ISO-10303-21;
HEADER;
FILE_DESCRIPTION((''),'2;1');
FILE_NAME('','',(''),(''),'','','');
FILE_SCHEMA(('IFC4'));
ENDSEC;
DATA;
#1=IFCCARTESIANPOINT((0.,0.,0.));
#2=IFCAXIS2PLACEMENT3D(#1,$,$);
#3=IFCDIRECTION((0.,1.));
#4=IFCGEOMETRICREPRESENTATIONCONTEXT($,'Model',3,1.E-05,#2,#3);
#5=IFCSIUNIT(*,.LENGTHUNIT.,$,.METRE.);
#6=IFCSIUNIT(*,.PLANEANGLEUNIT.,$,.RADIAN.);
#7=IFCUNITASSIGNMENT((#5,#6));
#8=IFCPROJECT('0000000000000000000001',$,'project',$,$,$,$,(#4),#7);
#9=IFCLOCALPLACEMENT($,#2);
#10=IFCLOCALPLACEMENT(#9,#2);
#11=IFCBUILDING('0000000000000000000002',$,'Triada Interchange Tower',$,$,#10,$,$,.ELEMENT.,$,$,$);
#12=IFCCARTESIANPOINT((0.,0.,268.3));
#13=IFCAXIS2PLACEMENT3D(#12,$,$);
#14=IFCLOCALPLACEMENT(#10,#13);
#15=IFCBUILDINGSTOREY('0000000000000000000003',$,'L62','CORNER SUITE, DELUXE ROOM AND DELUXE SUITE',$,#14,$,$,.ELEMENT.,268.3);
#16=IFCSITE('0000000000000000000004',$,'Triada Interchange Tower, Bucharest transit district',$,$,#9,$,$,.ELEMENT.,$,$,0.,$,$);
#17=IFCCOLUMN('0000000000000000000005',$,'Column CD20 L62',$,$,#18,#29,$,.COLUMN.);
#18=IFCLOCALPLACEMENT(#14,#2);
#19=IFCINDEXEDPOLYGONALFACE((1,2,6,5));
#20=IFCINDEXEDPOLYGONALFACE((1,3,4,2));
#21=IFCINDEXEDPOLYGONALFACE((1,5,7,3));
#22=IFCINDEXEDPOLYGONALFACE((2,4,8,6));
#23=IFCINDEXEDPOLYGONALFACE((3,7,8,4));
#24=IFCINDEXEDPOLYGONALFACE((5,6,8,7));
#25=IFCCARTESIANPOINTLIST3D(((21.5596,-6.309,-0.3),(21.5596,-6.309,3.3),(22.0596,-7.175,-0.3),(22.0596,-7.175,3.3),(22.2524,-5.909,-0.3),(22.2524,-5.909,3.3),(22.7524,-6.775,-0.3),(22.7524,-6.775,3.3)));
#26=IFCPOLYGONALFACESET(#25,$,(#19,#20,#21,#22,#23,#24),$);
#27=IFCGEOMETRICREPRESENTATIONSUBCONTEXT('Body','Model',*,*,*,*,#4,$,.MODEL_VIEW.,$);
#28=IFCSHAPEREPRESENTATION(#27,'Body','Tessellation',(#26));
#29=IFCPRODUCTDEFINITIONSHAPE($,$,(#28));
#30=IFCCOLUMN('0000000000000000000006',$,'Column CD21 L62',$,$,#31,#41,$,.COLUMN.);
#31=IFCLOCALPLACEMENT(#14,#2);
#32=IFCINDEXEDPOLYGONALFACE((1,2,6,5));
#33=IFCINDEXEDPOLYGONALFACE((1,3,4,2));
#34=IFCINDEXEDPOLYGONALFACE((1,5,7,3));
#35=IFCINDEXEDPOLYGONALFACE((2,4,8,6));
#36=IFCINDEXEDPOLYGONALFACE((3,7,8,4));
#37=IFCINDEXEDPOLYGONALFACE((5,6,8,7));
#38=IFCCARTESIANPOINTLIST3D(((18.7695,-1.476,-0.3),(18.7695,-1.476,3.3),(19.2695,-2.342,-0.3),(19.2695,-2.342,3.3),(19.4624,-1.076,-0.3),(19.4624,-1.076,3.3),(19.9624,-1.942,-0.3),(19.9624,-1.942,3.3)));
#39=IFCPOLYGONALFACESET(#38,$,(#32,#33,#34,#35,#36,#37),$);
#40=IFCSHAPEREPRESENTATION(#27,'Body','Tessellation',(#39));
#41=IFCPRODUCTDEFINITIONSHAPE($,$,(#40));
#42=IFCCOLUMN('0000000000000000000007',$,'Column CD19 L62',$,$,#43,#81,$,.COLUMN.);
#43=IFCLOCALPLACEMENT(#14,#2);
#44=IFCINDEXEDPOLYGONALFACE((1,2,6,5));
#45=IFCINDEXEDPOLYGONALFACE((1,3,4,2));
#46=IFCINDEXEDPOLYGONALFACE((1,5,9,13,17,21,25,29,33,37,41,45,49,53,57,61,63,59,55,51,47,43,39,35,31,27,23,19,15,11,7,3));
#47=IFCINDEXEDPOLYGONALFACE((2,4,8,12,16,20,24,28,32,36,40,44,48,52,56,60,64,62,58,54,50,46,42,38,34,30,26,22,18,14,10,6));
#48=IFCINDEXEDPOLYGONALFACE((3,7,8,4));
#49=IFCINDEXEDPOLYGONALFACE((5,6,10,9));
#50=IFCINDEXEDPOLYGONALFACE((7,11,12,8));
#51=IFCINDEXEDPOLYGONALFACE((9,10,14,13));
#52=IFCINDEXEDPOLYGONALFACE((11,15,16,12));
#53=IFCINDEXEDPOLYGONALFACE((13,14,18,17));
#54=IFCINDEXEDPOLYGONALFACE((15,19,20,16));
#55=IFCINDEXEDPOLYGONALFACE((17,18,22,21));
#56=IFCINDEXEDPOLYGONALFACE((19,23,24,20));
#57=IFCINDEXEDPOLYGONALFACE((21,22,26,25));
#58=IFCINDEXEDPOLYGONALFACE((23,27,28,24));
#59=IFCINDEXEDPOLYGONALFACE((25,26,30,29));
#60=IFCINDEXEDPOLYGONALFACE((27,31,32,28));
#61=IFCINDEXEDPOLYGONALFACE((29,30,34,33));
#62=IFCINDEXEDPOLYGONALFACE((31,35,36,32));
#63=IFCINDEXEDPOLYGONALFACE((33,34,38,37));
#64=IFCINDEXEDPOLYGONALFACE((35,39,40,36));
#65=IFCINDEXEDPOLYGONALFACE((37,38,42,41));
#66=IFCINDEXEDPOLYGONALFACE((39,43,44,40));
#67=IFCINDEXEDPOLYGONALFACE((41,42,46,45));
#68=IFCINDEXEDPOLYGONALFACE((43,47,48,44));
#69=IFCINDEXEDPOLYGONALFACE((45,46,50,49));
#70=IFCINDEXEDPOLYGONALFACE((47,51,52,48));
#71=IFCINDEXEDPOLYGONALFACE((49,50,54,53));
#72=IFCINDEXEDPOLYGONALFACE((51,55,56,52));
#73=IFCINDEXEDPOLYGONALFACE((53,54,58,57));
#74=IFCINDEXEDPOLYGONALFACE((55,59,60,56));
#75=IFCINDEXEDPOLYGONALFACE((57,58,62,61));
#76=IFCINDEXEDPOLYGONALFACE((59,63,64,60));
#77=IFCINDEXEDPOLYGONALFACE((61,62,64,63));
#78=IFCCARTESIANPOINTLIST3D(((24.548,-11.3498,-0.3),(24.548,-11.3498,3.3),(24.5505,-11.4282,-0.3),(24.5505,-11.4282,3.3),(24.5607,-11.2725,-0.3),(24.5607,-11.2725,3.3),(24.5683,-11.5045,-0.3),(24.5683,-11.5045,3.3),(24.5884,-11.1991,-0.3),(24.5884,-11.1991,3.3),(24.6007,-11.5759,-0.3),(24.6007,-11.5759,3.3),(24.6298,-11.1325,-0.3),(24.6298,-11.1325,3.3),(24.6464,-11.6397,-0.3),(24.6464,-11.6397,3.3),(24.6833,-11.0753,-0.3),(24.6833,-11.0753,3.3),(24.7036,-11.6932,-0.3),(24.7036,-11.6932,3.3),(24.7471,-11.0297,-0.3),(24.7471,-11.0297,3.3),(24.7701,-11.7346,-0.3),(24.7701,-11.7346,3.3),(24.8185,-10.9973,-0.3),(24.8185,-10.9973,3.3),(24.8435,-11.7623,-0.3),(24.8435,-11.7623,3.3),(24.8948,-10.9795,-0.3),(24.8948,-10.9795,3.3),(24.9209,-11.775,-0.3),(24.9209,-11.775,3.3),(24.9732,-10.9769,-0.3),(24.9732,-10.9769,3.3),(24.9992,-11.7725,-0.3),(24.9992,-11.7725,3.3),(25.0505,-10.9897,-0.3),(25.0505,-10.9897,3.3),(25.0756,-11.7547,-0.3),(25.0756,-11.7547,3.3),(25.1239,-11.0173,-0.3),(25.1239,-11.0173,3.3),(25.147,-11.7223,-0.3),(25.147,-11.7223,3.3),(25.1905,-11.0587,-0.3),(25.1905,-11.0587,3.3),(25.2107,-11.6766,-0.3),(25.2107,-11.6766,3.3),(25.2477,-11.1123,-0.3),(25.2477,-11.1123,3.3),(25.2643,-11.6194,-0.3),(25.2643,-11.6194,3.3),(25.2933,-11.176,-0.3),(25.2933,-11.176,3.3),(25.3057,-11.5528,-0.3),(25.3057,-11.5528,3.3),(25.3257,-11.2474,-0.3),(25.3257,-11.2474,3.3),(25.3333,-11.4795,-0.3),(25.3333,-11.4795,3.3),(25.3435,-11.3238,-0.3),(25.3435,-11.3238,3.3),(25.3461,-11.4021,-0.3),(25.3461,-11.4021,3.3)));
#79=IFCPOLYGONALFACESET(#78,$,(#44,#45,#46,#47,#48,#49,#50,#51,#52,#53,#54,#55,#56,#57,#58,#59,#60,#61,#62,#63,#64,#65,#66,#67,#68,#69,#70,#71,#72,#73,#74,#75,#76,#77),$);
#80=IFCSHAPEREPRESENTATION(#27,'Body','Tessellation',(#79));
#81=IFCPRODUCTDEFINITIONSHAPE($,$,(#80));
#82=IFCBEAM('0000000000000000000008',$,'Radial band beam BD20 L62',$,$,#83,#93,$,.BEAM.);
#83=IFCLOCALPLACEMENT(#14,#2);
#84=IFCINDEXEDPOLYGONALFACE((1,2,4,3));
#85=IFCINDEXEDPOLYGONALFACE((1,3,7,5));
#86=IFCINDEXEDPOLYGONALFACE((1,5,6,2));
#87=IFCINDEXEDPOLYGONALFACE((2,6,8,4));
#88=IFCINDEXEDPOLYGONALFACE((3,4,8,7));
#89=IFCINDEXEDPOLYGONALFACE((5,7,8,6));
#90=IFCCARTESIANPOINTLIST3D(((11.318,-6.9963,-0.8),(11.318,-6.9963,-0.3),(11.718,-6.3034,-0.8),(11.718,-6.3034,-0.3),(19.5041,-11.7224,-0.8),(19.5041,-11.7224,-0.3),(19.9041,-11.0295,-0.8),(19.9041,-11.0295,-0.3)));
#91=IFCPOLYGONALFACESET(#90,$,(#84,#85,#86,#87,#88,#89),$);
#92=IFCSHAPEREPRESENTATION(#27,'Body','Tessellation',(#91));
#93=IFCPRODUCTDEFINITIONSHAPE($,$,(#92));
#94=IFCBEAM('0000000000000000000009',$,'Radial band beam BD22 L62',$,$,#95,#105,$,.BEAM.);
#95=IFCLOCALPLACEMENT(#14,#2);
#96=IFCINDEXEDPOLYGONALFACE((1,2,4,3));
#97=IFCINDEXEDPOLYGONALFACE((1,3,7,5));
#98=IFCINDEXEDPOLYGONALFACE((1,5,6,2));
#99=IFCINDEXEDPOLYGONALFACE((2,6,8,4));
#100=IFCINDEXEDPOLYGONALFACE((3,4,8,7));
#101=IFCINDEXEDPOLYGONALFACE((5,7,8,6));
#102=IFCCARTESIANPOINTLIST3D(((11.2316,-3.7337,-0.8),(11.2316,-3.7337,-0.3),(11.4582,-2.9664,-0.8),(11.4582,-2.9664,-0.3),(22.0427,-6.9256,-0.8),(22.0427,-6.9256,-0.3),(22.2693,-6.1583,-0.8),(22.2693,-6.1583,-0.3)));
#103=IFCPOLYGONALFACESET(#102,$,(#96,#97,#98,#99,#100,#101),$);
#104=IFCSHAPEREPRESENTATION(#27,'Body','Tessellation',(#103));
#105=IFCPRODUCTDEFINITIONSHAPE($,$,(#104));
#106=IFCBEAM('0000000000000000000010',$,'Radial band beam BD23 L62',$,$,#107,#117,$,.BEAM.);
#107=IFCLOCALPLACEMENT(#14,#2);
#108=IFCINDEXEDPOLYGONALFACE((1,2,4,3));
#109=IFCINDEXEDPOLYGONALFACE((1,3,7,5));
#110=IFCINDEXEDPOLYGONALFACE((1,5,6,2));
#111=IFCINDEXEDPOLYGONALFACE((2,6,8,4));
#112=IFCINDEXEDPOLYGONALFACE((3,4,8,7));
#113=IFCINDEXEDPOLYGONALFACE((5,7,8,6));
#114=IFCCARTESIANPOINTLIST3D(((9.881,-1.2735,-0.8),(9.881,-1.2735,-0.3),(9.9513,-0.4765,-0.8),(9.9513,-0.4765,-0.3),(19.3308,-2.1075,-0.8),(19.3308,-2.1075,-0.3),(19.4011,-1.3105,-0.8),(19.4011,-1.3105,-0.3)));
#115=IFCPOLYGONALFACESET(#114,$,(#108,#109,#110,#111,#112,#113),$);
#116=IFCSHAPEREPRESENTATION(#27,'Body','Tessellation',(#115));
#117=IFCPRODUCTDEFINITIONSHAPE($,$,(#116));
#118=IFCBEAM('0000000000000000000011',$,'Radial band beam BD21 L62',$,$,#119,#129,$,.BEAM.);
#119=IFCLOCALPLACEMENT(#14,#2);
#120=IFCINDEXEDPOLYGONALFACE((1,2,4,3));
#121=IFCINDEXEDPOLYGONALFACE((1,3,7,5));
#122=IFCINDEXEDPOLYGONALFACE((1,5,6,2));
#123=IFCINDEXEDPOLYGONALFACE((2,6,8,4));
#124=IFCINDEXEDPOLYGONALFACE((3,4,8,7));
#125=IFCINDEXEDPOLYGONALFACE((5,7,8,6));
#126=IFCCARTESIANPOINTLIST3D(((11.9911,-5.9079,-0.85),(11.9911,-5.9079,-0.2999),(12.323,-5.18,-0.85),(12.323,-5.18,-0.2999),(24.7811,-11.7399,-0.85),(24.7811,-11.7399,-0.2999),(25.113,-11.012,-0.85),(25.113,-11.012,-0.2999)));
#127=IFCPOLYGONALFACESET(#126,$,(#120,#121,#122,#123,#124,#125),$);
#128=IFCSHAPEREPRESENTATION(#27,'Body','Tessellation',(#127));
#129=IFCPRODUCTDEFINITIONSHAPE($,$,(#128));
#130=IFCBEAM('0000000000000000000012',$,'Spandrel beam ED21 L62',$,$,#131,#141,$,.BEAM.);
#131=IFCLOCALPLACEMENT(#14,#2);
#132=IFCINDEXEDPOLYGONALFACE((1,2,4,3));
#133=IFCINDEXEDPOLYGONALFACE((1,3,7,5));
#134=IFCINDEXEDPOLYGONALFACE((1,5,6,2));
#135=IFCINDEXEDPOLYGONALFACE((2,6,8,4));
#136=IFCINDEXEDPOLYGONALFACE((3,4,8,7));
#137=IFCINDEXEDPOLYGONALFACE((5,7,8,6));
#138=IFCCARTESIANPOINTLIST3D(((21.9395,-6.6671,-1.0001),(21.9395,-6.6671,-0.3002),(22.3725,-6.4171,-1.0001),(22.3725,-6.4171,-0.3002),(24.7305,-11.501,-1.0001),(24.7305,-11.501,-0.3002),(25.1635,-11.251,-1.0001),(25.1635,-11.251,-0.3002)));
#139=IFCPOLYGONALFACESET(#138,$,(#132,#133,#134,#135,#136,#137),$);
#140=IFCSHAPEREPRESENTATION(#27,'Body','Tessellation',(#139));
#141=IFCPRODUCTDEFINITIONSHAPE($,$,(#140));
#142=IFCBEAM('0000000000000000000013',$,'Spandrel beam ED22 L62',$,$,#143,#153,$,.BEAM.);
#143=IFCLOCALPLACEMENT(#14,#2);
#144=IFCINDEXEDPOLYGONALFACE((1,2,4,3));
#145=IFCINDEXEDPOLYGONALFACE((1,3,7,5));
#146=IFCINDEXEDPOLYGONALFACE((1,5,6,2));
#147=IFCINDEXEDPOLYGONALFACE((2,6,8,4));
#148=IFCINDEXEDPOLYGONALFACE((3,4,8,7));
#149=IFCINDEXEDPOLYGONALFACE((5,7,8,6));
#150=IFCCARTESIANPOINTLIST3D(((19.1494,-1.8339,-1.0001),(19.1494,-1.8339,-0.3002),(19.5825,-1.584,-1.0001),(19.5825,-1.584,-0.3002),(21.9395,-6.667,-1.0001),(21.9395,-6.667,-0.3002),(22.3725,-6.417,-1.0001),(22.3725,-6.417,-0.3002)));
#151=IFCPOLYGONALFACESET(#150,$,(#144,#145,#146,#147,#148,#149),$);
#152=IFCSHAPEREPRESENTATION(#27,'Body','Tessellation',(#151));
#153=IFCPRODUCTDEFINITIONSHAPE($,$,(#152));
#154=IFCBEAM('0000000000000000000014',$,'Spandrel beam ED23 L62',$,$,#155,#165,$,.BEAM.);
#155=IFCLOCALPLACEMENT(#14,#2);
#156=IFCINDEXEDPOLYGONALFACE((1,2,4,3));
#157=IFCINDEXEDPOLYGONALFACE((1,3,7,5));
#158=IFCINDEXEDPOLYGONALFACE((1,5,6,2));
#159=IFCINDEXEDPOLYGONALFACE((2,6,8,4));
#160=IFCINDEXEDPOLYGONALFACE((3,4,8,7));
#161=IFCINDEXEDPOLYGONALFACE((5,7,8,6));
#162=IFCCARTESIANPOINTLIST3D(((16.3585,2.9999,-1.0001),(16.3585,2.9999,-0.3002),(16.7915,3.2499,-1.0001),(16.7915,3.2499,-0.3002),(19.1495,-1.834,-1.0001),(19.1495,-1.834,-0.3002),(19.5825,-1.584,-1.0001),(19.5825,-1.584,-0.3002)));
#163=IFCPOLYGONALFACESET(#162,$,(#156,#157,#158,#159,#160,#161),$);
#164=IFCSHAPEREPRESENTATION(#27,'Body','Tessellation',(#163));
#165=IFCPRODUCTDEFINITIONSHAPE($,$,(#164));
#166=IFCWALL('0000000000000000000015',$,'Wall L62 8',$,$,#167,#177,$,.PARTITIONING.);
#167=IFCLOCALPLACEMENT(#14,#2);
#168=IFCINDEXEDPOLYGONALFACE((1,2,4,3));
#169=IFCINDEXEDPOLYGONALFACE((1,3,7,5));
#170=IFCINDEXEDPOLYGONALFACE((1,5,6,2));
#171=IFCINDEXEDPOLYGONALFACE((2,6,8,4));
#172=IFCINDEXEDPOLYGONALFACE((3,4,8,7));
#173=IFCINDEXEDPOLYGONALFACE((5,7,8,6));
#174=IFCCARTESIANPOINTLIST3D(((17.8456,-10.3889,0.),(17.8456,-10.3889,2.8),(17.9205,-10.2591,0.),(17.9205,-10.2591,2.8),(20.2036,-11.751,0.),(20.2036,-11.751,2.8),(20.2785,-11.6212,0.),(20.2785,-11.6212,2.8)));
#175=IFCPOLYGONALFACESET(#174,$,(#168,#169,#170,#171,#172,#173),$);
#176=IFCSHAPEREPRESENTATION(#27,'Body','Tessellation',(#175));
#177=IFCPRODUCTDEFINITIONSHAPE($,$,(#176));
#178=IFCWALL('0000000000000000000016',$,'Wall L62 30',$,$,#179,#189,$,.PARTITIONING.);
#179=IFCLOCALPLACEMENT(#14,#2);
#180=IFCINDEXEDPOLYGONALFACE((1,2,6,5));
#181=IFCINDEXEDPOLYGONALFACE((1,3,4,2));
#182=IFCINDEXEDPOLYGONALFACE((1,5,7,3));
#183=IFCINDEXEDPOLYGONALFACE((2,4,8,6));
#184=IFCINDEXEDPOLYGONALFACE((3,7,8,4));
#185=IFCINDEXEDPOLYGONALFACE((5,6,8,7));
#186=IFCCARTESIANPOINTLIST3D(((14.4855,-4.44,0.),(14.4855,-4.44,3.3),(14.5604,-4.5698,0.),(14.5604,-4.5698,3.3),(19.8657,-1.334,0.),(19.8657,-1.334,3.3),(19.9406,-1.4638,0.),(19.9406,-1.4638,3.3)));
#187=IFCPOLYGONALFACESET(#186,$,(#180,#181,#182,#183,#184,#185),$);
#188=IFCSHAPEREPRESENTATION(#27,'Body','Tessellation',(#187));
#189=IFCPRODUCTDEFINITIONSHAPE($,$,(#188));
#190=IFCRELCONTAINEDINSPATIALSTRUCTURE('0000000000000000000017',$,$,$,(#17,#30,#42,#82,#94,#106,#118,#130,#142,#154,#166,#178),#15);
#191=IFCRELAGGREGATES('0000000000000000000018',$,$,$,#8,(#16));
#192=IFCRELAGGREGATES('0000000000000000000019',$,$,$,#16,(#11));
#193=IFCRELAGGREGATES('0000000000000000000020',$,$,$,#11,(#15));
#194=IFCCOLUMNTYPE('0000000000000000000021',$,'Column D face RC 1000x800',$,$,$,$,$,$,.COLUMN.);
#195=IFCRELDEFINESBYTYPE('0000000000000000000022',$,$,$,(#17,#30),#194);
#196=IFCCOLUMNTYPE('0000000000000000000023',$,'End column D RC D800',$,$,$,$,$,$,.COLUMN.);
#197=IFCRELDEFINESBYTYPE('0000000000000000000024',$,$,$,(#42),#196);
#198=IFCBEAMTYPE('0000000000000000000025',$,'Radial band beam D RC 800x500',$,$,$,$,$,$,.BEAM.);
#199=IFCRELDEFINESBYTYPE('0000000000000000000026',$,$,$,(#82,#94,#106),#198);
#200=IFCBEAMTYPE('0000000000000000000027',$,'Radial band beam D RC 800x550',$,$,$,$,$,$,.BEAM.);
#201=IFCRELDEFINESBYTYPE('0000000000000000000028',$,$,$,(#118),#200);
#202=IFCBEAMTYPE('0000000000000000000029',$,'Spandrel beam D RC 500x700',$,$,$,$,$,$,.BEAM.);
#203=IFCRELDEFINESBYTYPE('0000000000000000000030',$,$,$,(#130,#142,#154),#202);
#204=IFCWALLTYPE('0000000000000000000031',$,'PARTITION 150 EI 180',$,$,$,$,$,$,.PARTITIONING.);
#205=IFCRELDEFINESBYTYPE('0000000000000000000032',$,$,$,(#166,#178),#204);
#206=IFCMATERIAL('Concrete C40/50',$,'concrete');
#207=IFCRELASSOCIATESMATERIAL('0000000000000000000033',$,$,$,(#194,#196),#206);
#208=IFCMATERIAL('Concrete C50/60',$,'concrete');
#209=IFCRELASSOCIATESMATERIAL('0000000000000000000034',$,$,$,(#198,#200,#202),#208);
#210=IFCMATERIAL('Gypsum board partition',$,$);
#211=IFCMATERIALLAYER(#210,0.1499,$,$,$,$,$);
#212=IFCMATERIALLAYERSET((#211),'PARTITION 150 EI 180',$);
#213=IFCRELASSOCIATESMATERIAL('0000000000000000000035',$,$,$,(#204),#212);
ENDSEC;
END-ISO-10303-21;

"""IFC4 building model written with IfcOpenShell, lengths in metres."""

from ifc_helpers import new_model, si_unit, direction, frame, frame_2d, origin, origin_2d, place, context, subcontext, project, spatial, rectangle, circle, extrude, material, layer, layer_set, material_profile, profile_set, type_object, element, save


model = new_model("IFC4")

# Units and contexts
model_context = context("Model", 3, precision=1e-05, world=origin(), true_north=direction((0.0, 1.0)))
body_context = subcontext(model_context, "Body", "Model", "MODEL_VIEW")
ifc_project = project(units=[si_unit("LENGTHUNIT", "METRE"), si_unit("PLANEANGLEUNIT", "RADIAN")], contexts=[model_context])

# Site, building, storey
site_placement = place(None, origin())
site = spatial("IfcSite", under=ifc_project, at=site_placement, Name="Triada Interchange Tower, Bucharest transit district", CompositionType="ELEMENT", RefElevation=0.0)
building_placement = place(site_placement, origin())
building = spatial("IfcBuilding", under=site, at=building_placement, Name="Triada Interchange Tower", CompositionType="ELEMENT")
storey_placement = place(building_placement, frame((0.0, 0.0, 268.3)))
storey = spatial("IfcBuildingStorey", under=building, at=storey_placement, Name="L62", Description="CORNER SUITE, DELUXE ROOM AND DELUXE SUITE", CompositionType="ELEMENT", Elevation=268.3)

# Columns
ifc_material_1 = material(Name="Concrete C40/50", Category="concrete")
ifc_material_profile_1 = material_profile(ifc_material_1, rectangle(XDim=1.0, YDim=0.8, at=origin_2d()), Name="RC 1000x800")
ifc_profile_set_1 = profile_set([ifc_material_profile_1], Name="Concrete C40/50")
column_type_1 = type_object("IfcColumnType", Name="Column D face RC 1000x800", PredefinedType="COLUMN", material=ifc_profile_set_1)
for number, where, z_axis, x_axis, name in (
    (1, (22.156, -6.542, -0.3), (0.0, 0.0, 1.0), (-0.5, 0.866025, 0.0), "Column CD20 L62"),
    (2, (19.366, -1.709, -0.3), (0.0, 0.0, 1.0), (-0.5, 0.866025, 0.0), "Column CD21 L62"),
):
    element("IfcColumn", number, at=place(storey_placement, frame(where, z_axis=z_axis, x_axis=x_axis)), inside=storey, type_object=column_type_1, Name=name, PredefinedType="COLUMN", context=body_context, shape_type="SweptSolid", body=[
        extrude(rectangle(XDim=1.0, YDim=0.8, at=origin_2d()), origin(), (0.0, 0.0, 1.0), 3.6001),
    ])
ifc_material_profile_2 = material_profile(ifc_material_1, circle(Radius=0.3999, at=origin_2d()), Name="RC D800")
ifc_profile_set_2 = profile_set([ifc_material_profile_2], Name="Concrete C40/50")
column_type_2 = type_object("IfcColumnType", Name="End column D RC D800", PredefinedType="COLUMN", material=ifc_profile_set_2)
column_placement = place(storey_placement, frame((24.947, -11.376, -0.3), z_axis=(0.0, 0.0, 1.0), x_axis=(-0.5, 0.866025, 0.0)))
element("IfcColumn", 3, at=column_placement, inside=storey, type_object=column_type_2, Name="Column CD19 L62", PredefinedType="COLUMN", context=body_context, shape_type="SweptSolid", body=[
    extrude(circle(Radius=0.3999, at=origin_2d()), origin(), (0.0, 0.0, 1.0), 3.6001),
])

# Beams
ifc_material_2 = material(Name="Concrete C50/60", Category="concrete")
ifc_material_profile_3 = material_profile(ifc_material_2, rectangle(XDim=0.8, YDim=0.5, at=origin_2d()), Name="RC 800x500")
ifc_profile_set_3 = profile_set([ifc_material_profile_3], Name="Concrete C50/60")
beam_type_1 = type_object("IfcBeamType", Name="Radial band beam D RC 800x500", PredefinedType="BEAM", material=ifc_profile_set_3)
beam_1_placement = place(storey_placement, frame((19.7041, -11.376, -0.55), z_axis=(-0.866032, 0.499989, 0.0), x_axis=(-0.499989, -0.866032, 0.0)))
element("IfcBeam", 4, at=beam_1_placement, inside=storey, type_object=beam_type_1, Name="Radial band beam BD20 L62", PredefinedType="BEAM", context=body_context, shape_type="SweptSolid", body=[
    extrude(rectangle(XDim=0.8, YDim=0.5, at=origin_2d()), origin(), (0.0, 0.0, 1.0), 9.4524),
])
beam_2_placement = place(storey_placement, frame((22.156, -6.542, -0.55), z_axis=(-0.959073, 0.283161, 0.0), x_axis=(-0.283161, -0.959073, 0.0)))
element("IfcBeam", 5, at=beam_2_placement, inside=storey, type_object=beam_type_1, Name="Radial band beam BD22 L62", PredefinedType="BEAM", context=body_context, shape_type="SweptSolid", body=[
    extrude(rectangle(XDim=0.8, YDim=0.5, at=origin_2d()), origin(), (0.0, 0.0, 1.0), 11.2725),
])
beam_3_placement = place(storey_placement, frame((19.366, -1.709, -0.55), z_axis=(-0.996128, 0.087911, 0.0), x_axis=(-0.087911, -0.996128, 0.0)))
element("IfcBeam", 6, at=beam_3_placement, inside=storey, type_object=beam_type_1, Name="Radial band beam BD23 L62", PredefinedType="BEAM", context=body_context, shape_type="SweptSolid", body=[
    extrude(rectangle(XDim=0.8, YDim=0.5, at=origin_2d()), origin(), (0.0, 0.0, 1.0), 9.4866),
])
ifc_material_profile_4 = material_profile(ifc_material_2, rectangle(XDim=0.8, YDim=0.55, at=origin_2d()), Name="RC 800x550")
ifc_profile_set_4 = profile_set([ifc_material_profile_4], Name="Concrete C50/60")
beam_type_2 = type_object("IfcBeamType", Name="Radial band beam D RC 800x550", PredefinedType="BEAM", material=ifc_profile_set_4)
beam_4_placement = place(storey_placement, frame((24.947, -11.376, -0.575), z_axis=(-0.909873, 0.414886, 0.0), x_axis=(-0.414886, -0.909873, 0.0)))
element("IfcBeam", 7, at=beam_4_placement, inside=storey, type_object=beam_type_2, Name="Radial band beam BD21 L62", PredefinedType="BEAM", context=body_context, shape_type="SweptSolid", body=[
    extrude(rectangle(XDim=0.8, YDim=0.55, at=origin_2d()), origin(), (0.0, 0.0, 1.0), 14.0569),
])
ifc_material_profile_5 = material_profile(ifc_material_2, rectangle(XDim=0.5, YDim=0.7, at=origin_2d()), Name="RC 500x700")
ifc_profile_set_5 = profile_set([ifc_material_profile_5], Name="Concrete C50/60")
beam_type_3 = type_object("IfcBeamType", Name="Spandrel beam D RC 500x700", PredefinedType="BEAM", material=ifc_profile_set_5)
beam_5_placement = place(storey_placement, frame((24.947, -11.376, -0.6501), z_axis=(-0.500015, 0.866017, 0.0), x_axis=(-0.866017, -0.500015, 0.0)))
element("IfcBeam", 8, at=beam_5_placement, inside=storey, type_object=beam_type_3, Name="Spandrel beam ED21 L62", PredefinedType="BEAM", context=body_context, shape_type="SweptSolid", body=[
    extrude(rectangle(XDim=0.5, YDim=0.7, at=origin_2d()), origin(), (0.0, 0.0, 1.0), 5.5818),
])
beam_6_placement = place(storey_placement, frame((22.156, -6.542, -0.6501), z_axis=(-0.49996, 0.866049, 0.0), x_axis=(-0.866049, -0.49996, 0.0)))
element("IfcBeam", 9, at=beam_6_placement, inside=storey, type_object=beam_type_3, Name="Spandrel beam ED22 L62", PredefinedType="BEAM", context=body_context, shape_type="SweptSolid", body=[
    extrude(rectangle(XDim=0.5, YDim=0.7, at=origin_2d()), origin(), (0.0, 0.0, 1.0), 5.5806),
])
beam_7_placement = place(storey_placement, frame((19.366, -1.709, -0.6501), z_axis=(-0.500015, 0.866017, 0.0), x_axis=(-0.866017, -0.500015, 0.0)))
element("IfcBeam", 10, at=beam_7_placement, inside=storey, type_object=beam_type_3, Name="Spandrel beam ED23 L62", PredefinedType="BEAM", context=body_context, shape_type="SweptSolid", body=[
    extrude(rectangle(XDim=0.5, YDim=0.7, at=origin_2d()), origin(), (0.0, 0.0, 1.0), 5.5818),
])

# Walls
ifc_material_3 = material(Name="Gypsum board partition")
ifc_layer_1 = layer(ifc_material_3, 0.1499)
ifc_layer_set_1 = layer_set([ifc_layer_1], Name="PARTITION 150 EI 180")
wall_type_1 = type_object("IfcWallType", Name="PARTITION 150 EI 180", PredefinedType="PARTITIONING", material=ifc_layer_set_1)
wall_1_placement = place(storey_placement, frame((17.8831, -10.324, 0.0), z_axis=(0.0, 0.0, 1.0), x_axis=(0.865911, -0.500198, 0.0)))
element("IfcWall", 11, at=wall_1_placement, inside=storey, type_object=wall_type_1, Name="Wall L62 8", PredefinedType="PARTITIONING", context=body_context, shape_type="SweptSolid", body=[
    extrude(rectangle(XDim=2.7231, YDim=0.1499, at=frame_2d((1.3616, 0.0))), origin(), (0.0, 0.0, 1.0), 2.8),
])
wall_2_placement = place(storey_placement, frame((14.5229, -4.5049, 0.0), z_axis=(0.0, 0.0, 1.0), x_axis=(0.866044, 0.499969, 0.0)))
element("IfcWall", 12, at=wall_2_placement, inside=storey, type_object=wall_type_1, Name="Wall L62 30", PredefinedType="PARTITIONING", context=body_context, shape_type="SweptSolid", body=[
    extrude(rectangle(XDim=6.2124, YDim=0.1499, at=frame_2d((3.1062, 0.0))), origin(), (0.0, 0.0, 1.0), 3.3),
])

save(model, "model.ifc")
